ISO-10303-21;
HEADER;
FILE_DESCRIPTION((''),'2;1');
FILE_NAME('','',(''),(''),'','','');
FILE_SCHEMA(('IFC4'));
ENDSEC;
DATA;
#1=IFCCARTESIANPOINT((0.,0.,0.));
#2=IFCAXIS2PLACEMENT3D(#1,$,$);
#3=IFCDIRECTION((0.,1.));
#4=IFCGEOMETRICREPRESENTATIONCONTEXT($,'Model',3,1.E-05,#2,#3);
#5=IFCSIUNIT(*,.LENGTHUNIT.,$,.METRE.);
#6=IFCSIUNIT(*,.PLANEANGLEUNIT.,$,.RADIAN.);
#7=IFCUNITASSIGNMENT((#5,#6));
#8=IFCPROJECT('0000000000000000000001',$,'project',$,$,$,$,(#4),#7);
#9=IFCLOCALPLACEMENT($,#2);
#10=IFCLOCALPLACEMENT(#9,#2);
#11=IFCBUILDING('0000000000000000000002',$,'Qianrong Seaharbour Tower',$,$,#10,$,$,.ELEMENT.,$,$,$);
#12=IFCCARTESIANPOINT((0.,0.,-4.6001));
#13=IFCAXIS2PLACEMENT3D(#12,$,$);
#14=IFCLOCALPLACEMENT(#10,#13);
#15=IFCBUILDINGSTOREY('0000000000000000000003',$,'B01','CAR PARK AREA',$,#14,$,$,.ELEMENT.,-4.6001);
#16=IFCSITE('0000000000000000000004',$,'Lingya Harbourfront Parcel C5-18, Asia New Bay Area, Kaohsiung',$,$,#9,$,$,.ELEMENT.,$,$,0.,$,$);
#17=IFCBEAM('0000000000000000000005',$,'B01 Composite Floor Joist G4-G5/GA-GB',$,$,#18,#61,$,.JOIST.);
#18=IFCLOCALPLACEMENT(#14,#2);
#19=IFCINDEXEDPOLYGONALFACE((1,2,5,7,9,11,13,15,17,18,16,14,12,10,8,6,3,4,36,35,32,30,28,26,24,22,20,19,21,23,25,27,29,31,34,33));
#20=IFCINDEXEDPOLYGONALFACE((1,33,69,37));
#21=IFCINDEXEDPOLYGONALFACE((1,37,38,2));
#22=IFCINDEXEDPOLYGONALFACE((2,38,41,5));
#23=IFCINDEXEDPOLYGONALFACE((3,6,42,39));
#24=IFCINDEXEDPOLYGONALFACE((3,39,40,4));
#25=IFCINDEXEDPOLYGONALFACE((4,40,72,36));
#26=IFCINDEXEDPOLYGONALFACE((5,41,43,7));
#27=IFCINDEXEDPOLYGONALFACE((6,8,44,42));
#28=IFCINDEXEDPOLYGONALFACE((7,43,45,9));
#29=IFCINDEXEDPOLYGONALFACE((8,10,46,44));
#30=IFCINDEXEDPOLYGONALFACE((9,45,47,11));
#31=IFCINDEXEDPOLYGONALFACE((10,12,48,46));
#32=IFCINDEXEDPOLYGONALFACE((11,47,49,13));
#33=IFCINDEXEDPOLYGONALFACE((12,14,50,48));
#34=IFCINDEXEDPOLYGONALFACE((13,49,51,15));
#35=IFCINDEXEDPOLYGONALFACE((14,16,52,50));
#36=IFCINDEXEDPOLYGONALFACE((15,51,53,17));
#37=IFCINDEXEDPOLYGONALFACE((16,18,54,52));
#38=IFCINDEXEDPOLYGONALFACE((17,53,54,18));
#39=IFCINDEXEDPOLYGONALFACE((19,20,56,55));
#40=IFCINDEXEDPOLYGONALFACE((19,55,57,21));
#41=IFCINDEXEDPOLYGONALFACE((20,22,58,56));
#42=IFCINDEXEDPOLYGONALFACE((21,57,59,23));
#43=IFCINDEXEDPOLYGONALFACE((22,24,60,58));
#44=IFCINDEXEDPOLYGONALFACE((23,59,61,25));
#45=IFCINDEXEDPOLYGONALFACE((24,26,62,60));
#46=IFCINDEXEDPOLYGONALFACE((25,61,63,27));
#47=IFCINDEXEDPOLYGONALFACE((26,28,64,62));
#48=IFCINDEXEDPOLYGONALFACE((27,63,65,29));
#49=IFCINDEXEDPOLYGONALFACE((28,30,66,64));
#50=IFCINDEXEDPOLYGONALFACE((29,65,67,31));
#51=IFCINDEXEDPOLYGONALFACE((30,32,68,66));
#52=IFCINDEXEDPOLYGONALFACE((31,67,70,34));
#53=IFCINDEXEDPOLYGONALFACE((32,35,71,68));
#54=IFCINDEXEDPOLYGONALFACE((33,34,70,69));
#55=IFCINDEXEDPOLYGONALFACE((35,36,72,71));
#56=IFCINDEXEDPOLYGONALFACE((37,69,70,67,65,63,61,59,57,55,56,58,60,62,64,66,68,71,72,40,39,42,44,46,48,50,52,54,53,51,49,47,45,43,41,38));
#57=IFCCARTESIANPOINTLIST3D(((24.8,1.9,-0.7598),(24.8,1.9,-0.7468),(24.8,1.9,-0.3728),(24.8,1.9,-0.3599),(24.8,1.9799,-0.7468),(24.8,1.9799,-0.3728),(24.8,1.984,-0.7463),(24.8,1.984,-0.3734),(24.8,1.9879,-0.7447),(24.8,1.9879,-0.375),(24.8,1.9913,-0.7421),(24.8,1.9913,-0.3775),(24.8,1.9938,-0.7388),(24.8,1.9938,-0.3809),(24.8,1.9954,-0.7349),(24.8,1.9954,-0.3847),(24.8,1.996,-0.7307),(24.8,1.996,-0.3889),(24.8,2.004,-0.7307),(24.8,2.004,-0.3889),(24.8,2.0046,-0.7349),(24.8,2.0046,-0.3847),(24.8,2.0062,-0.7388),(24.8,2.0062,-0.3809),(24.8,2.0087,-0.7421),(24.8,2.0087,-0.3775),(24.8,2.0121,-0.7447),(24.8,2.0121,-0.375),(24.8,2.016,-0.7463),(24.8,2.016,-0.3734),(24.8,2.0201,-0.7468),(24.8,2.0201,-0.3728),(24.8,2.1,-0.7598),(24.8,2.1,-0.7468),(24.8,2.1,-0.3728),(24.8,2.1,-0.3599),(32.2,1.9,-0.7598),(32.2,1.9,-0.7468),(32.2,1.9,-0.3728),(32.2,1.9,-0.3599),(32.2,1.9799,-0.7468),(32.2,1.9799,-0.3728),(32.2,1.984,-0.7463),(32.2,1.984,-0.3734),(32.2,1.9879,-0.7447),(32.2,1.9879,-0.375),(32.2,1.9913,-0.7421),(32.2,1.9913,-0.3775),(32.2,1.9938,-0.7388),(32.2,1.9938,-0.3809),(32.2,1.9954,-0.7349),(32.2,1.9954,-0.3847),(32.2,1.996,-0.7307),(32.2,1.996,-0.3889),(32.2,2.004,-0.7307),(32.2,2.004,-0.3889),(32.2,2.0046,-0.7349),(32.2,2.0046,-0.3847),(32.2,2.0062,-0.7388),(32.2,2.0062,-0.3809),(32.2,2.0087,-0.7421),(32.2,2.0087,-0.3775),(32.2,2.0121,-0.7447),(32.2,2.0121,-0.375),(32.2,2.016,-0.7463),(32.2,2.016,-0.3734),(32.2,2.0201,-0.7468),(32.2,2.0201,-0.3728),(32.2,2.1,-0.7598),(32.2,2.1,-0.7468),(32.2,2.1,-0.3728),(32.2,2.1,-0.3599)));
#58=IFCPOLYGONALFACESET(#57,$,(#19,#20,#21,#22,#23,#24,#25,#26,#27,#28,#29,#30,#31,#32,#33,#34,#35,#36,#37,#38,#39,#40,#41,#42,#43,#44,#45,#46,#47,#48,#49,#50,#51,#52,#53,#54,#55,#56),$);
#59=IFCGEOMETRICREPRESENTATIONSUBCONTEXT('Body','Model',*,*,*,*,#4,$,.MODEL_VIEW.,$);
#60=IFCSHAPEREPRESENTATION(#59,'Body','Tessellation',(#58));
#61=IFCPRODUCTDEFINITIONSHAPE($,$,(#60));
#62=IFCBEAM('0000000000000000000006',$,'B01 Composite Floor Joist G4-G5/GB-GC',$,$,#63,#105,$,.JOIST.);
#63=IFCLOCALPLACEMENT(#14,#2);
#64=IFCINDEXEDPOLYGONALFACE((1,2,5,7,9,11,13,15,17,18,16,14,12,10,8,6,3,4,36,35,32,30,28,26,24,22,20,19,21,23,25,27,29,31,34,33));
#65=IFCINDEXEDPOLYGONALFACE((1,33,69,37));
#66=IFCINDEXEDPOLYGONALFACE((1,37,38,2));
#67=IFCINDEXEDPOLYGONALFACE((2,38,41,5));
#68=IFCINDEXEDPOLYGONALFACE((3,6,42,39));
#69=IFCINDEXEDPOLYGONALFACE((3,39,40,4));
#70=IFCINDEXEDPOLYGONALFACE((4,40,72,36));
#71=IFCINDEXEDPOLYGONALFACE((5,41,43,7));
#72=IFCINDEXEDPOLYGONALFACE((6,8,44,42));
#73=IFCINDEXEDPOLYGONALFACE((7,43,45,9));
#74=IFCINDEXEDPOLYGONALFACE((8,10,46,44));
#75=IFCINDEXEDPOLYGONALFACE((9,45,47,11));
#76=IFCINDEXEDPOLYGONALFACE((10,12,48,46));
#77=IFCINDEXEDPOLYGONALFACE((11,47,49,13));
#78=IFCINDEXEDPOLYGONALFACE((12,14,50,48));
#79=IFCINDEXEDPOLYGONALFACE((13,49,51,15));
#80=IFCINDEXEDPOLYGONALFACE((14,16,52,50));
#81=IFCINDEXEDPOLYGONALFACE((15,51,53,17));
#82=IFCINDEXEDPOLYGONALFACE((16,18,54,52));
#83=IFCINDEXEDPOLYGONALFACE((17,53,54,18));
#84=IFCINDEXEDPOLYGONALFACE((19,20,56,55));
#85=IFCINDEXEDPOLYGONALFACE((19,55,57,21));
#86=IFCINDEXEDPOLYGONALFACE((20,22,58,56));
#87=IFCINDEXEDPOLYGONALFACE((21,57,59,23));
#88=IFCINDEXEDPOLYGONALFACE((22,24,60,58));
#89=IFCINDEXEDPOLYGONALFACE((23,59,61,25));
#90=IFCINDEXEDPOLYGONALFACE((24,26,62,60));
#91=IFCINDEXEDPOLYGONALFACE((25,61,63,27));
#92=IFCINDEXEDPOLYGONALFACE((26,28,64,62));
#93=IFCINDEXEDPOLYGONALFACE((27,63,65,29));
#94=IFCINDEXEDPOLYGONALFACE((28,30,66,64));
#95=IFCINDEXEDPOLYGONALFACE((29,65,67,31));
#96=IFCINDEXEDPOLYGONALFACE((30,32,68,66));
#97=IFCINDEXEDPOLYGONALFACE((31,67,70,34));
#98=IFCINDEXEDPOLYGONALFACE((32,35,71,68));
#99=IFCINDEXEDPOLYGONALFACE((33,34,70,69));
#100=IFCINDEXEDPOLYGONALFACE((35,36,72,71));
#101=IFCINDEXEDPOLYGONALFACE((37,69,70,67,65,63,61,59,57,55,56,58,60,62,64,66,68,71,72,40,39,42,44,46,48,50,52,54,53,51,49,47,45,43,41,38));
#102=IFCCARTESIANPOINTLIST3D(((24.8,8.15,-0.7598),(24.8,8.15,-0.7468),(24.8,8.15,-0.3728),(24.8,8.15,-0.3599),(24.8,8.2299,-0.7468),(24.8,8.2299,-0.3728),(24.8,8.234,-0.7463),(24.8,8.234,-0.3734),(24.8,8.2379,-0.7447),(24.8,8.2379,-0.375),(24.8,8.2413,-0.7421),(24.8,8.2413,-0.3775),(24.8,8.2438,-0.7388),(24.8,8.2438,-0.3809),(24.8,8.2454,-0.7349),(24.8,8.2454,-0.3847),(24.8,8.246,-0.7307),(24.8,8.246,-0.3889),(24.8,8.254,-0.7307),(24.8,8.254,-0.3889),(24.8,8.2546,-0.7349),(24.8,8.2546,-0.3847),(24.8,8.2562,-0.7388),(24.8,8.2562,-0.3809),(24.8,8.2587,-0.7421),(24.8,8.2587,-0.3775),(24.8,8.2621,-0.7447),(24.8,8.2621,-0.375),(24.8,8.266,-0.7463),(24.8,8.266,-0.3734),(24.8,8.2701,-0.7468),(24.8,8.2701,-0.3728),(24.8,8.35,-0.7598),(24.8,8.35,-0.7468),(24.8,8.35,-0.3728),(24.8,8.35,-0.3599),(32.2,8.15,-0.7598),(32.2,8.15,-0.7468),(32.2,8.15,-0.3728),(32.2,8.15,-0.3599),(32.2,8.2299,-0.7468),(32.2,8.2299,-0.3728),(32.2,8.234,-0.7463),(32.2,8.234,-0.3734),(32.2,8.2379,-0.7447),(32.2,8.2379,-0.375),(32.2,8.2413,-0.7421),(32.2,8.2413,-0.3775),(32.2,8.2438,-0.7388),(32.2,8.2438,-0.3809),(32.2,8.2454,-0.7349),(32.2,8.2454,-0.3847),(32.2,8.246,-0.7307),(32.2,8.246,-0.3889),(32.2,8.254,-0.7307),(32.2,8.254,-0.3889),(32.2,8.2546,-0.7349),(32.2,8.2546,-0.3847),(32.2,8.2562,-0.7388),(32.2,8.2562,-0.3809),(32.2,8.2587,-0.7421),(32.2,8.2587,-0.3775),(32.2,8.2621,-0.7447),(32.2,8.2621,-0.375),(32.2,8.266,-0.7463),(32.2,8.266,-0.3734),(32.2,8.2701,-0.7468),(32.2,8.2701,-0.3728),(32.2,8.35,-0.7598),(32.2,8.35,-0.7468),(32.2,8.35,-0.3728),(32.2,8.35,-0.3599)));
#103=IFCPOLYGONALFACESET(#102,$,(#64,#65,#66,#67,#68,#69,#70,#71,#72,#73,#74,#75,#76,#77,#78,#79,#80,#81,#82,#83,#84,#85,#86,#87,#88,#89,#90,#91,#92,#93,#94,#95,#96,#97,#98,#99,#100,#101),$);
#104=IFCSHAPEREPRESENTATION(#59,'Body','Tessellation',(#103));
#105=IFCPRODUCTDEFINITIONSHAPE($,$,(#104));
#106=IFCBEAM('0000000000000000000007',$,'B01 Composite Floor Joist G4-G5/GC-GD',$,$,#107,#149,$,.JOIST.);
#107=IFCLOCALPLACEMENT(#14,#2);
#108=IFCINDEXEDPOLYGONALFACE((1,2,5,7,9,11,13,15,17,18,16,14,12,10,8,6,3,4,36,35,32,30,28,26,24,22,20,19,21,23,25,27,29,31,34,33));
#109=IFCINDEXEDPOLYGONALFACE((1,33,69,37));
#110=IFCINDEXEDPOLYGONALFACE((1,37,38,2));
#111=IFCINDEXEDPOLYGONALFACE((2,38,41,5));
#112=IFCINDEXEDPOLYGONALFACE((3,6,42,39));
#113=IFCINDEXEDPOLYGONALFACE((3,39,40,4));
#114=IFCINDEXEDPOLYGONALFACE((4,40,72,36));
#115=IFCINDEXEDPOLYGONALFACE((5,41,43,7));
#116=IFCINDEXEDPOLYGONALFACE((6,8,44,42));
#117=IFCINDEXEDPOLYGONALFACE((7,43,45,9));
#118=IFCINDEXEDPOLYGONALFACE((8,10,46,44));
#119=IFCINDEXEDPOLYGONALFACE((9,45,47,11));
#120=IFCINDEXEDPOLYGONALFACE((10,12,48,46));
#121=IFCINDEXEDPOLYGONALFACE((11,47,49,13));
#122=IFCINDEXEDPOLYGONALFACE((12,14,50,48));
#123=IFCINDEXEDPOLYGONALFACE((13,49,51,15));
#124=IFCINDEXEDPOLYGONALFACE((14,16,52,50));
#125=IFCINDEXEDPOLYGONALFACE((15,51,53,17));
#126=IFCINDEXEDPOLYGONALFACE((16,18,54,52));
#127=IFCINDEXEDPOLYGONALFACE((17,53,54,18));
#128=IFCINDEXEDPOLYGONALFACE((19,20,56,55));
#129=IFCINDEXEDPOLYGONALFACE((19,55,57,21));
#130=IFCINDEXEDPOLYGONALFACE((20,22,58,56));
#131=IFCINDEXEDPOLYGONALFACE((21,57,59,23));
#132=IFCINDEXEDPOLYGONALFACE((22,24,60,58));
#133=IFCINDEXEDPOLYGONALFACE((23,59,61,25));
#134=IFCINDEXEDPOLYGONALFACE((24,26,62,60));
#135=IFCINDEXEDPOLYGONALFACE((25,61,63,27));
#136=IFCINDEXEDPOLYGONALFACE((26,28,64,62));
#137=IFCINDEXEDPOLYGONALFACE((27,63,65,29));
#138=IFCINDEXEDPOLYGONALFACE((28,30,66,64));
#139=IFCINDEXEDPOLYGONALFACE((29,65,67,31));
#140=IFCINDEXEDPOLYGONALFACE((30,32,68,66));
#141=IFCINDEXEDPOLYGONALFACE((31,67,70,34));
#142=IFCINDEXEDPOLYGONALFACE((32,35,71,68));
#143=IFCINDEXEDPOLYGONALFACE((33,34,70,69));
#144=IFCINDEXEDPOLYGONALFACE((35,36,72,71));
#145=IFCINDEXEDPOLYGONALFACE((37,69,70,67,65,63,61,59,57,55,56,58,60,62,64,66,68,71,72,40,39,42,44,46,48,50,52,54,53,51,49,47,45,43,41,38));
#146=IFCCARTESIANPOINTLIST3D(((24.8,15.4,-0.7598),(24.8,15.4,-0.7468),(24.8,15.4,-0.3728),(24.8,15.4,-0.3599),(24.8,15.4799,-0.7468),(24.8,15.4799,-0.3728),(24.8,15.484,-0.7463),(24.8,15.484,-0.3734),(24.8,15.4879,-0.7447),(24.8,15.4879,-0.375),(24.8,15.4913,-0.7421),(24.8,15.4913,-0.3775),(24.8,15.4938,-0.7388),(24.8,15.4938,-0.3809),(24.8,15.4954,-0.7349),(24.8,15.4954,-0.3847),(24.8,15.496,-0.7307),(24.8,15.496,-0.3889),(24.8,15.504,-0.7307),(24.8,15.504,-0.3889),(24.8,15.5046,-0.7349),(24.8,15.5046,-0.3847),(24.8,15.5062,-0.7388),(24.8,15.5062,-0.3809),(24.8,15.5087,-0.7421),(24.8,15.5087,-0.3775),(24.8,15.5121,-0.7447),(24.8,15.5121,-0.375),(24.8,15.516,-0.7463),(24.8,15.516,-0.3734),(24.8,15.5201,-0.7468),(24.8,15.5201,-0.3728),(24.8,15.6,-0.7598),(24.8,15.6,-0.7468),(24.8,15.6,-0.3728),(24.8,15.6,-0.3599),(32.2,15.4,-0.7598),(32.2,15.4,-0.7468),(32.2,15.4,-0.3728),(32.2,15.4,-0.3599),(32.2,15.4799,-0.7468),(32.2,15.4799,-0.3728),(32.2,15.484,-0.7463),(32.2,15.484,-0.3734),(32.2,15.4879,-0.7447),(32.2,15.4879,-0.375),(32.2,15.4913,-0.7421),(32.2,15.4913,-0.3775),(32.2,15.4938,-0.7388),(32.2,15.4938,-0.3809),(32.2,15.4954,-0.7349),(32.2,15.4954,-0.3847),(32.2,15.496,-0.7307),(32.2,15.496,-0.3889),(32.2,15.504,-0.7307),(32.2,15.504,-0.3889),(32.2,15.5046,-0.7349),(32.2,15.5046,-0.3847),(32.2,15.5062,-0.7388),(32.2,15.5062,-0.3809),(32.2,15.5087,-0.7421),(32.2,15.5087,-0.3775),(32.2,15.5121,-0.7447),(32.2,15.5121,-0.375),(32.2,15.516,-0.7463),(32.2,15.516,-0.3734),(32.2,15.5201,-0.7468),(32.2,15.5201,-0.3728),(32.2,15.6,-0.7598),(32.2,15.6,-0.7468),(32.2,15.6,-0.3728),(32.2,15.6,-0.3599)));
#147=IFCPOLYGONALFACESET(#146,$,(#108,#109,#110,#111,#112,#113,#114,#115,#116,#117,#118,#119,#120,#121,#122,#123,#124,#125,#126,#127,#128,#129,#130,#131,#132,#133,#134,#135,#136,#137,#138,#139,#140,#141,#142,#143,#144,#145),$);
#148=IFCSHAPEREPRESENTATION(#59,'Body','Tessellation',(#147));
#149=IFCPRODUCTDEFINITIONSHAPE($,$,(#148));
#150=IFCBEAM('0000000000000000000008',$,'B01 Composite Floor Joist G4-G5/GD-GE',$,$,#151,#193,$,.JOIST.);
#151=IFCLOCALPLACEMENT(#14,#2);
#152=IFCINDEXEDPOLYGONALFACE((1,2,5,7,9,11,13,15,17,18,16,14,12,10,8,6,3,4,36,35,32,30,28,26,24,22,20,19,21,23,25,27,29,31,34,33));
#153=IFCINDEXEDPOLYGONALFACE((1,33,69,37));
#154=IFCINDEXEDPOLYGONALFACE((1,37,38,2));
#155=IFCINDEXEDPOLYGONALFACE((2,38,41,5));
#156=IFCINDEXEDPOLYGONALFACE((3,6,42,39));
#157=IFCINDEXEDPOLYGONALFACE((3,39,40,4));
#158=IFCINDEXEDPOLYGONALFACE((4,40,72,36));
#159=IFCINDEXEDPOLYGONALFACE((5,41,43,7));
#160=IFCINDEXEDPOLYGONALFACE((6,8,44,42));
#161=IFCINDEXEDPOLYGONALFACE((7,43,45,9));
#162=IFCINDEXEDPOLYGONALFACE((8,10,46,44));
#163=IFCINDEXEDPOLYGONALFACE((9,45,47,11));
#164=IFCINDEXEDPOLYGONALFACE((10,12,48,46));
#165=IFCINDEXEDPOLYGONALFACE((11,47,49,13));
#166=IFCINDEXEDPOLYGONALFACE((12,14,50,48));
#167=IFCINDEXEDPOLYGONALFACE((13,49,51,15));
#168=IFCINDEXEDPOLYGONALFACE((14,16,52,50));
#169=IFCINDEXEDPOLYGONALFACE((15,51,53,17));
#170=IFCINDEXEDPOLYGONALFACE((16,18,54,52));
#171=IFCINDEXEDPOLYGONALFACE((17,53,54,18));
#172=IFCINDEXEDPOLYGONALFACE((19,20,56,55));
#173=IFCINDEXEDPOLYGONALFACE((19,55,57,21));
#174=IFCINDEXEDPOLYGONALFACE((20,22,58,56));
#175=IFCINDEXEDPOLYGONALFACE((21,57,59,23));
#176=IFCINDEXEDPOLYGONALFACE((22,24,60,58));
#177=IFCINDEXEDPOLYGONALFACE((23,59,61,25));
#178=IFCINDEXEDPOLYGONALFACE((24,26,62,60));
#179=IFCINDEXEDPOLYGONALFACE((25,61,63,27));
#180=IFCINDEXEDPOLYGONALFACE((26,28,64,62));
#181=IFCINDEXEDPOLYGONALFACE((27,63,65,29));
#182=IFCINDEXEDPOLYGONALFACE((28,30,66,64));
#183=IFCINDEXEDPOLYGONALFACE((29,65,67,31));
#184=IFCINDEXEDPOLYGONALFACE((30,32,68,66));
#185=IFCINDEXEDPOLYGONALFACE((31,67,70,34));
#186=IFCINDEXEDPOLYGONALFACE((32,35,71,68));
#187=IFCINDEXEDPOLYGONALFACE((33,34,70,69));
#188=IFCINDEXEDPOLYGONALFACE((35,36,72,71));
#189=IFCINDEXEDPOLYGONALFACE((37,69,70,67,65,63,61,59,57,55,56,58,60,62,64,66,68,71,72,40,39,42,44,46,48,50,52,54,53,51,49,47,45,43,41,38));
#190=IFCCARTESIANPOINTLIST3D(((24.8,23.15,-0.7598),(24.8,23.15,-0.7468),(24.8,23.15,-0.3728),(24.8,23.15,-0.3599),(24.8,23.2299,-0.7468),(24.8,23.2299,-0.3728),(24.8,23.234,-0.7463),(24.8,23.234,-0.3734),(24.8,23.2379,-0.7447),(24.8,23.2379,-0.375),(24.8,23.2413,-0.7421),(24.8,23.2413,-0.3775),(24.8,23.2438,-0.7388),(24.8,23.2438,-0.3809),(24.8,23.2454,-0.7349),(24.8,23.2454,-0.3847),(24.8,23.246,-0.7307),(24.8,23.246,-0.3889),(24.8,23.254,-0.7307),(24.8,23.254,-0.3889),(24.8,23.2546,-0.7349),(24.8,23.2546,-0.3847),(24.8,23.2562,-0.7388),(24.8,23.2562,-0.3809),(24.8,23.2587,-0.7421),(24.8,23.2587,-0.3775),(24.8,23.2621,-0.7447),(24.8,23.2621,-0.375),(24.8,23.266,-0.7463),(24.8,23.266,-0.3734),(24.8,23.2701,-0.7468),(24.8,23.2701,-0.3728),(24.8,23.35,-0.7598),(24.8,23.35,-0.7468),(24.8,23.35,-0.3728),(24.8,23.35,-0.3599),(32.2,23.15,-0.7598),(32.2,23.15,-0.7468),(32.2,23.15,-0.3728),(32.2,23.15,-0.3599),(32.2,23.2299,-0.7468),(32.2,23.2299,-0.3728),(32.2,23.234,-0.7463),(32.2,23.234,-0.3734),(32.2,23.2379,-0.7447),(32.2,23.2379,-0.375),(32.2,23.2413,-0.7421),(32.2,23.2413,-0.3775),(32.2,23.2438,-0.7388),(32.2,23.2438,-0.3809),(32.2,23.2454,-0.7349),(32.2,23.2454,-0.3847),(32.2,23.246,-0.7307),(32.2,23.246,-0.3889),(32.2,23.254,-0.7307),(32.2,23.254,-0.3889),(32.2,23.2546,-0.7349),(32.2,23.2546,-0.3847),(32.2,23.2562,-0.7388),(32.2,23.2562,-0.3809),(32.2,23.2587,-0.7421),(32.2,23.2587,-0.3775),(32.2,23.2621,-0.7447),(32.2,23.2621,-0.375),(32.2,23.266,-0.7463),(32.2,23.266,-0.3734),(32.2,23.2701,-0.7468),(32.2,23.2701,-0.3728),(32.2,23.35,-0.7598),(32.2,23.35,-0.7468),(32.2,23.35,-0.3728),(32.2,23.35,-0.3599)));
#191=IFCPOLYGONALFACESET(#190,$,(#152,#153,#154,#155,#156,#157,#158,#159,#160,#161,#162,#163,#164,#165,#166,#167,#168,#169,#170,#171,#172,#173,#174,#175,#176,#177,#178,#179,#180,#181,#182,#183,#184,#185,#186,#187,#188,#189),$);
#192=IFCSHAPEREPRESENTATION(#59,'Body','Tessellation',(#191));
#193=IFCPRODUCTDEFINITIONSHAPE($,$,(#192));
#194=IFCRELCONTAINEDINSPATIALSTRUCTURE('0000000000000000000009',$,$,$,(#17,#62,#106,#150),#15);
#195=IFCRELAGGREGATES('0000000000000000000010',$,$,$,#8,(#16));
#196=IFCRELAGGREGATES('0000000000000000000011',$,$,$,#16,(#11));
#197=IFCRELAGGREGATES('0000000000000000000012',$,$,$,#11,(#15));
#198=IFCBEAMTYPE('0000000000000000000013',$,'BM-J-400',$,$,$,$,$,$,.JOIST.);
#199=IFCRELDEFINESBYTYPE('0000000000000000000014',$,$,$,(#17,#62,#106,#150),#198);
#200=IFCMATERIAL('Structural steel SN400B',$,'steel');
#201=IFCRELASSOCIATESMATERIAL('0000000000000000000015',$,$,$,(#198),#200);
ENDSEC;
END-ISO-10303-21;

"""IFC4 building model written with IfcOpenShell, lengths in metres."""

from ifc_helpers import new_model, si_unit, direction, frame, origin, origin_2d, place, context, subcontext, project, spatial, i_section, extrude, material, material_profile, profile_set, type_object, element, save


model = new_model("IFC4")

# Units and contexts
model_context = context("Model", 3, precision=1e-05, world=origin(), true_north=direction((0.0, 1.0)))
body_context = subcontext(model_context, "Body", "Model", "MODEL_VIEW")
ifc_project = project(units=[si_unit("LENGTHUNIT", "METRE"), si_unit("PLANEANGLEUNIT", "RADIAN")], contexts=[model_context])

# Site, building, storey
site_placement = place(None, origin())
site = spatial("IfcSite", under=ifc_project, at=site_placement, Name="Lingya Harbourfront Parcel C5-18, Asia New Bay Area, Kaohsiung", CompositionType="ELEMENT", RefElevation=0.0)
building_placement = place(site_placement, origin())
building = spatial("IfcBuilding", under=site, at=building_placement, Name="Qianrong Seaharbour Tower", CompositionType="ELEMENT")
storey_placement = place(building_placement, frame((0.0, 0.0, -4.6001)))
storey = spatial("IfcBuildingStorey", under=building, at=storey_placement, Name="B01", Description="CAR PARK AREA", CompositionType="ELEMENT", Elevation=-4.6001)

# Beams
ifc_material_1 = material(Name="Structural steel SN400B", Category="steel")
ifc_material_profile_1 = material_profile(ifc_material_1, i_section(OverallWidth=0.2, OverallDepth=0.3999, WebThickness=0.0081, FlangeThickness=0.0129, FilletRadius=0.0161, at=origin_2d()), Name="H400x200x8x13")
ifc_profile_set_1 = profile_set([ifc_material_profile_1], Name="Structural steel SN400B")
beam_type_1 = type_object("IfcBeamType", Name="BM-J-400", PredefinedType="JOIST", material=ifc_profile_set_1)
for number, where, z_axis, x_axis, name in (
    (1, (24.8, 2.0, -0.5598), (1.0, 0.0, 0.0), (0.0, 1.0, 0.0), "B01 Composite Floor Joist G4-G5/GA-GB"),
    (2, (24.8, 8.25, -0.5598), (1.0, 0.0, 0.0), (0.0, 1.0, 0.0), "B01 Composite Floor Joist G4-G5/GB-GC"),
    (3, (24.8, 15.5, -0.5598), (1.0, 0.0, 0.0), (0.0, 1.0, 0.0), "B01 Composite Floor Joist G4-G5/GC-GD"),
    (4, (24.8, 23.25, -0.5598), (1.0, 0.0, 0.0), (0.0, 1.0, 0.0), "B01 Composite Floor Joist G4-G5/GD-GE"),
):
    element("IfcBeam", number, at=place(storey_placement, frame(where, z_axis=z_axis, x_axis=x_axis)), inside=storey, type_object=beam_type_1, Name=name, PredefinedType="JOIST", context=body_context, shape_type="SweptSolid", body=[
        extrude(i_section(OverallWidth=0.2, OverallDepth=0.3999, WebThickness=0.0081, FlangeThickness=0.0129, FilletRadius=0.0161, at=origin_2d()), origin(), (0.0, 0.0, 1.0), 7.3999),
    ])

save(model, "model.ifc")
